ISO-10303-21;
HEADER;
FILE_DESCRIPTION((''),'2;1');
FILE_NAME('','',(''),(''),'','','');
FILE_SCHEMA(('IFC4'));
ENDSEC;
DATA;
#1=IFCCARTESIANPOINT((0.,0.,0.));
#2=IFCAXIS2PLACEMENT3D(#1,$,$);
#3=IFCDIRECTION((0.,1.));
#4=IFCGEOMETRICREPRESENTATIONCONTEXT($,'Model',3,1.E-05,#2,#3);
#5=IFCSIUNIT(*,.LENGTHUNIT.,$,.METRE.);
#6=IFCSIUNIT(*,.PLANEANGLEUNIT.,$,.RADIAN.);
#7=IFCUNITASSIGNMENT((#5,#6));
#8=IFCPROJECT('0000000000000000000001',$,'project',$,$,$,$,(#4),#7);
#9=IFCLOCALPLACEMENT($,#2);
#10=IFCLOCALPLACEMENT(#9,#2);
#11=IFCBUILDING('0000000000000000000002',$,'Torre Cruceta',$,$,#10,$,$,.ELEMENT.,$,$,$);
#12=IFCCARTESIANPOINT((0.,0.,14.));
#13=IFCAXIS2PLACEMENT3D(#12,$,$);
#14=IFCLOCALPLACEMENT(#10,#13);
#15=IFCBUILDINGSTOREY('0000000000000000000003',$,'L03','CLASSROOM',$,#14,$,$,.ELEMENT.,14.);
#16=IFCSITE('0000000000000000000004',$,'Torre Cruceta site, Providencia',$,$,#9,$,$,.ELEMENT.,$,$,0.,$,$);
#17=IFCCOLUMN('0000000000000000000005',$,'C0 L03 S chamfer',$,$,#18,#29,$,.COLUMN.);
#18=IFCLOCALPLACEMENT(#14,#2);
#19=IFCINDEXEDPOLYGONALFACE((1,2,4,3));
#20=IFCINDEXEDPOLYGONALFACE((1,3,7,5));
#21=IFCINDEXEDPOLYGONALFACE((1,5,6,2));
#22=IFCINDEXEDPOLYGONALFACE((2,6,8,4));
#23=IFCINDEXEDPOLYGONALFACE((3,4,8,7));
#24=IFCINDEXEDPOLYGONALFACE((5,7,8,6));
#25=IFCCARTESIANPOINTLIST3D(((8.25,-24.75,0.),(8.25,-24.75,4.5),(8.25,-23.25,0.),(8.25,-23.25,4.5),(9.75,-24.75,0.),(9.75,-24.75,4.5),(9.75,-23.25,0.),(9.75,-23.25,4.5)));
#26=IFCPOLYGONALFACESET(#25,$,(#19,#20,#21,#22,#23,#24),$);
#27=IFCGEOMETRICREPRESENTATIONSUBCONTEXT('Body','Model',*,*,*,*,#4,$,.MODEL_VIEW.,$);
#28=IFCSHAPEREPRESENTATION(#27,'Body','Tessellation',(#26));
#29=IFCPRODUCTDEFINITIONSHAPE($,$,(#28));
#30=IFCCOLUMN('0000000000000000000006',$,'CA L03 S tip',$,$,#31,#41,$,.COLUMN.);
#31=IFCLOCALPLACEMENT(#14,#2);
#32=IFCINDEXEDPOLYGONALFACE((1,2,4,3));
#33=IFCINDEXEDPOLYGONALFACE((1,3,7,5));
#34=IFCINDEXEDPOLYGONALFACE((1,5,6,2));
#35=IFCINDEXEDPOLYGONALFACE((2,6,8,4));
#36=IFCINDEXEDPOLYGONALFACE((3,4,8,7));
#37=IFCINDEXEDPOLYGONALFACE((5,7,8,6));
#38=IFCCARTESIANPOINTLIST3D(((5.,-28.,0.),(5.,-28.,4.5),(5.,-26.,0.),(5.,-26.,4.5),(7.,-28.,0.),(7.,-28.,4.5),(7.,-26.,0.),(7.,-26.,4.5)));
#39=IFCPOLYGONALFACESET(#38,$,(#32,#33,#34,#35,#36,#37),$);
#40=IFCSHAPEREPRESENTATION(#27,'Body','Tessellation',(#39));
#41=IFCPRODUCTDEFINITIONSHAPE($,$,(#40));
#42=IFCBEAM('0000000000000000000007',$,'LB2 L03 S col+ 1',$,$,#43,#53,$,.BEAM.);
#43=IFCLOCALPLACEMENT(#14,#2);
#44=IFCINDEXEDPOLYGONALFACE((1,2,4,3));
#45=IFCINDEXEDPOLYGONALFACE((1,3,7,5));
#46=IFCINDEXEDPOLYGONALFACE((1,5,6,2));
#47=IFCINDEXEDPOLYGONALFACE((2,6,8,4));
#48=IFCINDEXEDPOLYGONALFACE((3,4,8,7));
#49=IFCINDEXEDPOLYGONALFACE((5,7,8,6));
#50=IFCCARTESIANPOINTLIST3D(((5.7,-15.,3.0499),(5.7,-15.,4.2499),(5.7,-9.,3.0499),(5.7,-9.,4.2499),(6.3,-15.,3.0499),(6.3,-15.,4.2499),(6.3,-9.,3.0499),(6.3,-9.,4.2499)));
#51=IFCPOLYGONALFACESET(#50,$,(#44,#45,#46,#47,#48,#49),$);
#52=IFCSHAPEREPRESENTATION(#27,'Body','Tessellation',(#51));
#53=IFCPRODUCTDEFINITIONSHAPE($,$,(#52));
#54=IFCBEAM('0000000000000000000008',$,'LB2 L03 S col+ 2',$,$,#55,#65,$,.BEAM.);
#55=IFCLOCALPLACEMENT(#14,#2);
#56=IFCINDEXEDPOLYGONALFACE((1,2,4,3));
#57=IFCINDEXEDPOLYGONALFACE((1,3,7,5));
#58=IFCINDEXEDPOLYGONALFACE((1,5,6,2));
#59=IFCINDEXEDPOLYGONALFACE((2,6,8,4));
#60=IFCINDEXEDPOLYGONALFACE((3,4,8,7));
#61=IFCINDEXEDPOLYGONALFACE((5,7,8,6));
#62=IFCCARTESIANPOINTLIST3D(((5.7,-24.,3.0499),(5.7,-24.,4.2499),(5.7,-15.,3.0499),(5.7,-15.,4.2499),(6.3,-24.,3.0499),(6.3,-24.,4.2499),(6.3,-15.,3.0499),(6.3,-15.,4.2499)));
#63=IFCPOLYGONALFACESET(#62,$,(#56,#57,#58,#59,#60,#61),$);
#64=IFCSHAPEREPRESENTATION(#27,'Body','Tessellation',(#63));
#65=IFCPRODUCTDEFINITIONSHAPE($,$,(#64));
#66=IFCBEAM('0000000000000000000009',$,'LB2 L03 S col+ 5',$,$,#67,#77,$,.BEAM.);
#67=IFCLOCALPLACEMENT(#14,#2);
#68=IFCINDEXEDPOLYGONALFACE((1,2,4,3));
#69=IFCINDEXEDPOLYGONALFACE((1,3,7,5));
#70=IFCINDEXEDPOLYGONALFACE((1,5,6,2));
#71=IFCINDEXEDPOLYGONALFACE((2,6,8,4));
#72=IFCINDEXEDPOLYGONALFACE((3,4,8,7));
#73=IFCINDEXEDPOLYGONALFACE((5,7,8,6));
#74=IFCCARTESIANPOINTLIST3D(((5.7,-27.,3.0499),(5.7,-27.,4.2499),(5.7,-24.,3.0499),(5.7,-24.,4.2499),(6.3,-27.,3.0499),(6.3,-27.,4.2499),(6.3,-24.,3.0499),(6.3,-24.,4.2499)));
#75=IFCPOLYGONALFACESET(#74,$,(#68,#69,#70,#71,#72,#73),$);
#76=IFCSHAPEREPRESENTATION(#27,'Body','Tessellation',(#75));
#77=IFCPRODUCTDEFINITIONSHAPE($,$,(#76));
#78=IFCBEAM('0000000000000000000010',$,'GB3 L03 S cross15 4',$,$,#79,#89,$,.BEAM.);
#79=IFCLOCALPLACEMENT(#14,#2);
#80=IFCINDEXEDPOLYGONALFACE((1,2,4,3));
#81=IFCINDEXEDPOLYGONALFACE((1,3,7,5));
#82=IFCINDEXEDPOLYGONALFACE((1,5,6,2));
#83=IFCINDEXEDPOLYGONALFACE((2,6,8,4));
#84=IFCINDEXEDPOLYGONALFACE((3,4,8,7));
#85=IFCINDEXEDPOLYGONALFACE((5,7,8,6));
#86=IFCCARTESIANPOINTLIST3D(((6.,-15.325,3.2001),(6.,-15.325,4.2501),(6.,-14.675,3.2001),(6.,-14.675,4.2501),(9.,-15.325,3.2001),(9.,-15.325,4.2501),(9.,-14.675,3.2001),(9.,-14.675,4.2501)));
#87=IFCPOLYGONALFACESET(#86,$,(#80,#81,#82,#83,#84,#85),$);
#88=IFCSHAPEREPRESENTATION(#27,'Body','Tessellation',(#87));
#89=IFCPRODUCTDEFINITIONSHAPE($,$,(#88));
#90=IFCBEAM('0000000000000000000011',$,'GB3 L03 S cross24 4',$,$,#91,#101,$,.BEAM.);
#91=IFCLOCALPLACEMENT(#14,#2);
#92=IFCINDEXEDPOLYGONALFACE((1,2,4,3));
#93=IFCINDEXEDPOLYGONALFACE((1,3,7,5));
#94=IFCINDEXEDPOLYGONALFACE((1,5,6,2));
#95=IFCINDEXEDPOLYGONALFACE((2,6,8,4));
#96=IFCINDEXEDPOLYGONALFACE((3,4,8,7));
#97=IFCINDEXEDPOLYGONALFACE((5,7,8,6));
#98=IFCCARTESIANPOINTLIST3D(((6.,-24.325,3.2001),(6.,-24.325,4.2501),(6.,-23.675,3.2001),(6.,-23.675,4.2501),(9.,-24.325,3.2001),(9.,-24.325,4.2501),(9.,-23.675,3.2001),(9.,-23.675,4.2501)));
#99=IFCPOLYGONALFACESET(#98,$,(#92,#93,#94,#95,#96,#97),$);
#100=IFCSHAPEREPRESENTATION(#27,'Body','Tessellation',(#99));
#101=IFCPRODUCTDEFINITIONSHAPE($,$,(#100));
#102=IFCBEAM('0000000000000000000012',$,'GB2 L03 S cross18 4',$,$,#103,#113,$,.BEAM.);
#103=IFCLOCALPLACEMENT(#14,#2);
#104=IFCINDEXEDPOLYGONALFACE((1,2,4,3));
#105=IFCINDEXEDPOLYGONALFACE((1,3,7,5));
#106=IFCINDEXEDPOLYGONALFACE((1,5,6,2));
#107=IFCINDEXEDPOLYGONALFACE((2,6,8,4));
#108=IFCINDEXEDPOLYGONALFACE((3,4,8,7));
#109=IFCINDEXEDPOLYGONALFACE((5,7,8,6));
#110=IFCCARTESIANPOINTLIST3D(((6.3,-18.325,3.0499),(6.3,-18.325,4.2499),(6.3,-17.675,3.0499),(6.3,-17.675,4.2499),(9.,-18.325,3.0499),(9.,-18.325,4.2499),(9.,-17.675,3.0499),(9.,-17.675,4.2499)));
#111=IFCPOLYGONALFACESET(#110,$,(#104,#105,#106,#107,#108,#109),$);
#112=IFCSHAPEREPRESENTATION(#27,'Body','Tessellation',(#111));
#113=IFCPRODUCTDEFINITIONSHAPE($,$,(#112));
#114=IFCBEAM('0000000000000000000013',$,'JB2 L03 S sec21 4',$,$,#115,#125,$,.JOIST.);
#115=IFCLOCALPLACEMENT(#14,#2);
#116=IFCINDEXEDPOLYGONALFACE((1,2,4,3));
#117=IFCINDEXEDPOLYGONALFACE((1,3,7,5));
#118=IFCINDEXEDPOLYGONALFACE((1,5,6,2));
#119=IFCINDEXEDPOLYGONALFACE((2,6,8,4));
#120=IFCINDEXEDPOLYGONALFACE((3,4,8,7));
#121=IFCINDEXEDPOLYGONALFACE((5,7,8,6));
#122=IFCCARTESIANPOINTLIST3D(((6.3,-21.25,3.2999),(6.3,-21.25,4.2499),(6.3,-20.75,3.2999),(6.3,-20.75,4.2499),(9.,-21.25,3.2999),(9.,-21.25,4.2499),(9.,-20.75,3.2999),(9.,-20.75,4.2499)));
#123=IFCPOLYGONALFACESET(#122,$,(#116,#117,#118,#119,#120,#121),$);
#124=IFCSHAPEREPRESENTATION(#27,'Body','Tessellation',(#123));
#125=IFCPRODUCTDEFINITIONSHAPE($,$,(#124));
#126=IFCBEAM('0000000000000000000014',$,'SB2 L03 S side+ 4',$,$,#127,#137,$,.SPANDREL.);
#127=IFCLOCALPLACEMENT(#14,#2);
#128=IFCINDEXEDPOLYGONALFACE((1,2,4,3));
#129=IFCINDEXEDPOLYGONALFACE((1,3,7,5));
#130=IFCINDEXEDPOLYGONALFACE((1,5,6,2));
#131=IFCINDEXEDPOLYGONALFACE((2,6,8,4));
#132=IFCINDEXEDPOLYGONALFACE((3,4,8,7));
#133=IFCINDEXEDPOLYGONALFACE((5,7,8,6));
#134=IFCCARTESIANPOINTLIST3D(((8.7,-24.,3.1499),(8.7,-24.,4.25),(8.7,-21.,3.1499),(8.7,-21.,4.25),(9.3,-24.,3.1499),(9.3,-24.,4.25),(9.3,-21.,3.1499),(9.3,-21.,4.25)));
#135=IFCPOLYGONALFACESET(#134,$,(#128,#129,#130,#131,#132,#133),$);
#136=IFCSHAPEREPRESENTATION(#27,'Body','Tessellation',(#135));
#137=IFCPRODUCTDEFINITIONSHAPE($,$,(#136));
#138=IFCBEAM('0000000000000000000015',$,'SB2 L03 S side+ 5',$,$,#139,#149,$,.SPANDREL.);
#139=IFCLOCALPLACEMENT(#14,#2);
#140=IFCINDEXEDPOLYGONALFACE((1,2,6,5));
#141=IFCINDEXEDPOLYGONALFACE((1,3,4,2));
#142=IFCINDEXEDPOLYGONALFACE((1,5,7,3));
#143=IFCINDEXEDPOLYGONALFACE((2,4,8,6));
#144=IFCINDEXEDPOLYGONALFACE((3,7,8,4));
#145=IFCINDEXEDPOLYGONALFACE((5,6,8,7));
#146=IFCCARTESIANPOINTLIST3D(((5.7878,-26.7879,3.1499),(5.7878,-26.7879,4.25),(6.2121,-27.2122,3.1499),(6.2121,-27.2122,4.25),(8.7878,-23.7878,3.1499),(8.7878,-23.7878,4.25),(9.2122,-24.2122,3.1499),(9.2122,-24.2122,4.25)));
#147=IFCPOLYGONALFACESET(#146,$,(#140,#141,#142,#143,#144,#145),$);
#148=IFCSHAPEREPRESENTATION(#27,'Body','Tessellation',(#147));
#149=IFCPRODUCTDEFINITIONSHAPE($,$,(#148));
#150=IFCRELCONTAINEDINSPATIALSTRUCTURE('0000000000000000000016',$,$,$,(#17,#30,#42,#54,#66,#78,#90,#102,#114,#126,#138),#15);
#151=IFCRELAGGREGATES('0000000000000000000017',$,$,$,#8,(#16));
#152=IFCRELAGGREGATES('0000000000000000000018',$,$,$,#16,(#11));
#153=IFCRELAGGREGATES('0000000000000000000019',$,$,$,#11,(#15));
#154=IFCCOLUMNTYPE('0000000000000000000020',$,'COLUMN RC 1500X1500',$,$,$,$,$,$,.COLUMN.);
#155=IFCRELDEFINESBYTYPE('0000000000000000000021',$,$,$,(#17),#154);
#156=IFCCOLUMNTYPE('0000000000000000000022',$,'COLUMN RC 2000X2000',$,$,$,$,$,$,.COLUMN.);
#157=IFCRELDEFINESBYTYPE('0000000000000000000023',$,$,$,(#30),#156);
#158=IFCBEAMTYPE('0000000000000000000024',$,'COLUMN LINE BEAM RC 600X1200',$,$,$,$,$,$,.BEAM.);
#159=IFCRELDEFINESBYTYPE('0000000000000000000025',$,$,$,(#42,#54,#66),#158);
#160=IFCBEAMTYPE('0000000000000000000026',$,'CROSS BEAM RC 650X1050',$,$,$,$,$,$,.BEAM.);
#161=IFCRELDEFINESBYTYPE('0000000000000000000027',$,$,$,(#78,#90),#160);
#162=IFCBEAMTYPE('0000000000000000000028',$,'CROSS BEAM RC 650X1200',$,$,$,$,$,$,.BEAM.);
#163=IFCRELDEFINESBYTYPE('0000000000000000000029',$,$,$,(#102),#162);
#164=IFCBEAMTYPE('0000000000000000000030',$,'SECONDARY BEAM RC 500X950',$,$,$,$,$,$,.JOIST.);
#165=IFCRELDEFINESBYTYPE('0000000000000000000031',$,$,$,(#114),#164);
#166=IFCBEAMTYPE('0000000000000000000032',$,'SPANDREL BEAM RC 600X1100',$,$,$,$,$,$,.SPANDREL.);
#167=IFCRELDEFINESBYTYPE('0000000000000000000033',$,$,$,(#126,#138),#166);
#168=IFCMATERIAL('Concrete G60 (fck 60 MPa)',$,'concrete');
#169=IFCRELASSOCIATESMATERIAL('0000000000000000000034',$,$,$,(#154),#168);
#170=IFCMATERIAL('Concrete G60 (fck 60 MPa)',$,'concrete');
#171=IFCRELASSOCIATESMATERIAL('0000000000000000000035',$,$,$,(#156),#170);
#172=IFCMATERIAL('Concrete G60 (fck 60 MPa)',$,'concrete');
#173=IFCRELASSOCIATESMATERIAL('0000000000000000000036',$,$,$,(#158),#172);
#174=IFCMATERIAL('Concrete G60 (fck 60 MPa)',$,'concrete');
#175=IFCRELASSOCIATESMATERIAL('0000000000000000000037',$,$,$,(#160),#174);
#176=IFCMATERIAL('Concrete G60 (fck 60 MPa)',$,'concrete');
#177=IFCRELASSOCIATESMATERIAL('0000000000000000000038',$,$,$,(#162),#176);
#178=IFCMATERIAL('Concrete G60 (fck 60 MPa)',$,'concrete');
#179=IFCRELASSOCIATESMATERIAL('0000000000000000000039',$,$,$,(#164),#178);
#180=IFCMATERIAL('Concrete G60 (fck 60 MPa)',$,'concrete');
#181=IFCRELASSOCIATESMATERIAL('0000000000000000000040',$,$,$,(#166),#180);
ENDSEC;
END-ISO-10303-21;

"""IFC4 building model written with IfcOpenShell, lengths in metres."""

from ifc_helpers import new_model, si_unit, direction, frame, origin, origin_2d, place, context, subcontext, project, spatial, rectangle, extrude, material, material_profile, profile_set, type_object, element, save


model = new_model("IFC4")

# Units and contexts
model_context = context("Model", 3, precision=1e-05, world=origin(), true_north=direction((0.0, 1.0)))
body_context = subcontext(model_context, "Body", "Model", "MODEL_VIEW")
ifc_project = project(units=[si_unit("LENGTHUNIT", "METRE"), si_unit("PLANEANGLEUNIT", "RADIAN")], contexts=[model_context])

# Site, building, storey
site_placement = place(None, origin())
site = spatial("IfcSite", under=ifc_project, at=site_placement, Name="Torre Cruceta site, Providencia", CompositionType="ELEMENT", RefElevation=0.0)
building_placement = place(site_placement, origin())
building = spatial("IfcBuilding", under=site, at=building_placement, Name="Torre Cruceta", CompositionType="ELEMENT")
storey_placement = place(building_placement, frame((0.0, 0.0, 14.0)))
storey = spatial("IfcBuildingStorey", under=building, at=storey_placement, Name="L03", Description="CLASSROOM", CompositionType="ELEMENT", Elevation=14.0)

# Columns
ifc_material_1 = material(Name="Concrete G60 (fck 60 MPa)", Category="concrete")
ifc_material_profile_1 = material_profile(ifc_material_1, rectangle(XDim=1.5, YDim=1.5, at=origin_2d()), Name="RC 1500X1500")
ifc_profile_set_1 = profile_set([ifc_material_profile_1], Name="Concrete G60 (fck 60 MPa)")
column_type_1 = type_object("IfcColumnType", Name="COLUMN RC 1500X1500", PredefinedType="COLUMN", material=ifc_profile_set_1)
column_1_placement = place(storey_placement, frame((9.0, -24.0, 0.0), z_axis=(0.0, 0.0, 1.0), x_axis=(1.0, 0.0, 0.0)))
element("IfcColumn", 1, at=column_1_placement, inside=storey, type_object=column_type_1, Name="C0 L03 S chamfer", PredefinedType="COLUMN", context=body_context, shape_type="SweptSolid", body=[
    extrude(rectangle(XDim=1.5, YDim=1.5, at=origin_2d()), origin(), (0.0, 0.0, 1.0), 4.5),
])
ifc_material_2 = material(Name="Concrete G60 (fck 60 MPa)", Category="concrete")
ifc_material_profile_2 = material_profile(ifc_material_2, rectangle(XDim=2.0, YDim=2.0, at=origin_2d()), Name="RC 2000X2000")
ifc_profile_set_2 = profile_set([ifc_material_profile_2], Name="Concrete G60 (fck 60 MPa)")
column_type_2 = type_object("IfcColumnType", Name="COLUMN RC 2000X2000", PredefinedType="COLUMN", material=ifc_profile_set_2)
column_2_placement = place(storey_placement, frame((6.0, -27.0, 0.0), z_axis=(0.0, 0.0, 1.0), x_axis=(1.0, 0.0, 0.0)))
element("IfcColumn", 2, at=column_2_placement, inside=storey, type_object=column_type_2, Name="CA L03 S tip", PredefinedType="COLUMN", context=body_context, shape_type="SweptSolid", body=[
    extrude(rectangle(XDim=2.0, YDim=2.0, at=origin_2d()), origin(), (0.0, 0.0, 1.0), 4.5),
])

# Beams
ifc_material_3 = material(Name="Concrete G60 (fck 60 MPa)", Category="concrete")
ifc_material_profile_3 = material_profile(ifc_material_3, rectangle(XDim=0.6001, YDim=1.2, at=origin_2d()), Name="RC 600X1200")
ifc_profile_set_3 = profile_set([ifc_material_profile_3], Name="Concrete G60 (fck 60 MPa)")
beam_type_1 = type_object("IfcBeamType", Name="COLUMN LINE BEAM RC 600X1200", PredefinedType="BEAM", material=ifc_profile_set_3)
beam_1_placement = place(storey_placement, frame((6.0, -9.0, 3.6499), z_axis=(0.0, -1.0, 0.0), x_axis=(1.0, 0.0, 0.0)))
element("IfcBeam", 3, at=beam_1_placement, inside=storey, type_object=beam_type_1, Name="LB2 L03 S col+ 1", PredefinedType="BEAM", context=body_context, shape_type="SweptSolid", body=[
    extrude(rectangle(XDim=0.6001, YDim=1.2, at=origin_2d()), origin(), (0.0, 0.0, 1.0), 6.0),
])
beam_2_placement = place(storey_placement, frame((6.0, -15.0, 3.6499), z_axis=(0.0, -1.0, 0.0), x_axis=(1.0, 0.0, 0.0)))
element("IfcBeam", 4, at=beam_2_placement, inside=storey, type_object=beam_type_1, Name="LB2 L03 S col+ 2", PredefinedType="BEAM", context=body_context, shape_type="SweptSolid", body=[
    extrude(rectangle(XDim=0.6001, YDim=1.2, at=origin_2d()), origin(), (0.0, 0.0, 1.0), 9.0),
])
beam_3_placement = place(storey_placement, frame((6.0, -24.0, 3.6499), z_axis=(0.0, -1.0, 0.0), x_axis=(1.0, 0.0, 0.0)))
element("IfcBeam", 5, at=beam_3_placement, inside=storey, type_object=beam_type_1, Name="LB2 L03 S col+ 5", PredefinedType="BEAM", context=body_context, shape_type="SweptSolid", body=[
    extrude(rectangle(XDim=0.6001, YDim=1.2, at=origin_2d()), origin(), (0.0, 0.0, 1.0), 3.0),
])
ifc_material_4 = material(Name="Concrete G60 (fck 60 MPa)", Category="concrete")
ifc_material_profile_4 = material_profile(ifc_material_4, rectangle(XDim=0.6499, YDim=1.05, at=origin_2d()), Name="RC 650X1050")
ifc_profile_set_4 = profile_set([ifc_material_profile_4], Name="Concrete G60 (fck 60 MPa)")
beam_type_2 = type_object("IfcBeamType", Name="CROSS BEAM RC 650X1050", PredefinedType="BEAM", material=ifc_profile_set_4)
for number, where, z_axis, x_axis, name in (
    (6, (6.0, -15.0, 3.7251), (1.0, 0.0, 0.0), (0.0, 1.0, 0.0), "GB3 L03 S cross15 4"),
    (7, (6.0, -24.0, 3.7251), (1.0, 0.0, 0.0), (0.0, 1.0, 0.0), "GB3 L03 S cross24 4"),
):
    element("IfcBeam", number, at=place(storey_placement, frame(where, z_axis=z_axis, x_axis=x_axis)), inside=storey, type_object=beam_type_2, Name=name, PredefinedType="BEAM", context=body_context, shape_type="SweptSolid", body=[
        extrude(rectangle(XDim=0.6499, YDim=1.05, at=origin_2d()), origin(), (0.0, 0.0, 1.0), 3.0),
    ])
ifc_material_5 = material(Name="Concrete G60 (fck 60 MPa)", Category="concrete")
ifc_material_profile_5 = material_profile(ifc_material_5, rectangle(XDim=0.6499, YDim=1.2, at=origin_2d()), Name="RC 650X1200")
ifc_profile_set_5 = profile_set([ifc_material_profile_5], Name="Concrete G60 (fck 60 MPa)")
beam_type_3 = type_object("IfcBeamType", Name="CROSS BEAM RC 650X1200", PredefinedType="BEAM", material=ifc_profile_set_5)
beam_4_placement = place(storey_placement, frame((6.3, -18.0, 3.6499), z_axis=(1.0, 0.0, 0.0), x_axis=(0.0, 1.0, 0.0)))
element("IfcBeam", 8, at=beam_4_placement, inside=storey, type_object=beam_type_3, Name="GB2 L03 S cross18 4", PredefinedType="BEAM", context=body_context, shape_type="SweptSolid", body=[
    extrude(rectangle(XDim=0.6499, YDim=1.2, at=origin_2d()), origin(), (0.0, 0.0, 1.0), 2.7),
])
ifc_material_6 = material(Name="Concrete G60 (fck 60 MPa)", Category="concrete")
ifc_material_profile_6 = material_profile(ifc_material_6, rectangle(XDim=0.5, YDim=0.95, at=origin_2d()), Name="RC 500X950")
ifc_profile_set_6 = profile_set([ifc_material_profile_6], Name="Concrete G60 (fck 60 MPa)")
beam_type_4 = type_object("IfcBeamType", Name="SECONDARY BEAM RC 500X950", PredefinedType="JOIST", material=ifc_profile_set_6)
beam_5_placement = place(storey_placement, frame((6.3, -21.0, 3.7749), z_axis=(1.0, 0.0, 0.0), x_axis=(0.0, 1.0, 0.0)))
element("IfcBeam", 9, at=beam_5_placement, inside=storey, type_object=beam_type_4, Name="JB2 L03 S sec21 4", PredefinedType="JOIST", context=body_context, shape_type="SweptSolid", body=[
    extrude(rectangle(XDim=0.5, YDim=0.95, at=origin_2d()), origin(), (0.0, 0.0, 1.0), 2.7),
])
ifc_material_7 = material(Name="Concrete G60 (fck 60 MPa)", Category="concrete")
ifc_material_profile_7 = material_profile(ifc_material_7, rectangle(XDim=0.6001, YDim=1.1001, at=origin_2d()), Name="RC 600X1100")
ifc_profile_set_7 = profile_set([ifc_material_profile_7], Name="Concrete G60 (fck 60 MPa)")
beam_type_5 = type_object("IfcBeamType", Name="SPANDREL BEAM RC 600X1100", PredefinedType="SPANDREL", material=ifc_profile_set_7)
beam_6_placement = place(storey_placement, frame((9.0, -21.0, 3.7), z_axis=(0.0, -1.0, 0.0), x_axis=(1.0, 0.0, 0.0)))
element("IfcBeam", 10, at=beam_6_placement, inside=storey, type_object=beam_type_5, Name="SB2 L03 S side+ 4", PredefinedType="SPANDREL", context=body_context, shape_type="SweptSolid", body=[
    extrude(rectangle(XDim=0.6001, YDim=1.1001, at=origin_2d()), origin(), (0.0, 0.0, 1.0), 3.0),
])
beam_7_placement = place(storey_placement, frame((9.0, -24.0, 3.7), z_axis=(-0.707107, -0.707107, 0.0), x_axis=(0.707107, -0.707107, 0.0)))
element("IfcBeam", 11, at=beam_7_placement, inside=storey, type_object=beam_type_5, Name="SB2 L03 S side+ 5", PredefinedType="SPANDREL", context=body_context, shape_type="SweptSolid", body=[
    extrude(rectangle(XDim=0.6001, YDim=1.1001, at=origin_2d()), origin(), (0.0, 0.0, 1.0), 4.2427),
])

save(model, "model.ifc")
